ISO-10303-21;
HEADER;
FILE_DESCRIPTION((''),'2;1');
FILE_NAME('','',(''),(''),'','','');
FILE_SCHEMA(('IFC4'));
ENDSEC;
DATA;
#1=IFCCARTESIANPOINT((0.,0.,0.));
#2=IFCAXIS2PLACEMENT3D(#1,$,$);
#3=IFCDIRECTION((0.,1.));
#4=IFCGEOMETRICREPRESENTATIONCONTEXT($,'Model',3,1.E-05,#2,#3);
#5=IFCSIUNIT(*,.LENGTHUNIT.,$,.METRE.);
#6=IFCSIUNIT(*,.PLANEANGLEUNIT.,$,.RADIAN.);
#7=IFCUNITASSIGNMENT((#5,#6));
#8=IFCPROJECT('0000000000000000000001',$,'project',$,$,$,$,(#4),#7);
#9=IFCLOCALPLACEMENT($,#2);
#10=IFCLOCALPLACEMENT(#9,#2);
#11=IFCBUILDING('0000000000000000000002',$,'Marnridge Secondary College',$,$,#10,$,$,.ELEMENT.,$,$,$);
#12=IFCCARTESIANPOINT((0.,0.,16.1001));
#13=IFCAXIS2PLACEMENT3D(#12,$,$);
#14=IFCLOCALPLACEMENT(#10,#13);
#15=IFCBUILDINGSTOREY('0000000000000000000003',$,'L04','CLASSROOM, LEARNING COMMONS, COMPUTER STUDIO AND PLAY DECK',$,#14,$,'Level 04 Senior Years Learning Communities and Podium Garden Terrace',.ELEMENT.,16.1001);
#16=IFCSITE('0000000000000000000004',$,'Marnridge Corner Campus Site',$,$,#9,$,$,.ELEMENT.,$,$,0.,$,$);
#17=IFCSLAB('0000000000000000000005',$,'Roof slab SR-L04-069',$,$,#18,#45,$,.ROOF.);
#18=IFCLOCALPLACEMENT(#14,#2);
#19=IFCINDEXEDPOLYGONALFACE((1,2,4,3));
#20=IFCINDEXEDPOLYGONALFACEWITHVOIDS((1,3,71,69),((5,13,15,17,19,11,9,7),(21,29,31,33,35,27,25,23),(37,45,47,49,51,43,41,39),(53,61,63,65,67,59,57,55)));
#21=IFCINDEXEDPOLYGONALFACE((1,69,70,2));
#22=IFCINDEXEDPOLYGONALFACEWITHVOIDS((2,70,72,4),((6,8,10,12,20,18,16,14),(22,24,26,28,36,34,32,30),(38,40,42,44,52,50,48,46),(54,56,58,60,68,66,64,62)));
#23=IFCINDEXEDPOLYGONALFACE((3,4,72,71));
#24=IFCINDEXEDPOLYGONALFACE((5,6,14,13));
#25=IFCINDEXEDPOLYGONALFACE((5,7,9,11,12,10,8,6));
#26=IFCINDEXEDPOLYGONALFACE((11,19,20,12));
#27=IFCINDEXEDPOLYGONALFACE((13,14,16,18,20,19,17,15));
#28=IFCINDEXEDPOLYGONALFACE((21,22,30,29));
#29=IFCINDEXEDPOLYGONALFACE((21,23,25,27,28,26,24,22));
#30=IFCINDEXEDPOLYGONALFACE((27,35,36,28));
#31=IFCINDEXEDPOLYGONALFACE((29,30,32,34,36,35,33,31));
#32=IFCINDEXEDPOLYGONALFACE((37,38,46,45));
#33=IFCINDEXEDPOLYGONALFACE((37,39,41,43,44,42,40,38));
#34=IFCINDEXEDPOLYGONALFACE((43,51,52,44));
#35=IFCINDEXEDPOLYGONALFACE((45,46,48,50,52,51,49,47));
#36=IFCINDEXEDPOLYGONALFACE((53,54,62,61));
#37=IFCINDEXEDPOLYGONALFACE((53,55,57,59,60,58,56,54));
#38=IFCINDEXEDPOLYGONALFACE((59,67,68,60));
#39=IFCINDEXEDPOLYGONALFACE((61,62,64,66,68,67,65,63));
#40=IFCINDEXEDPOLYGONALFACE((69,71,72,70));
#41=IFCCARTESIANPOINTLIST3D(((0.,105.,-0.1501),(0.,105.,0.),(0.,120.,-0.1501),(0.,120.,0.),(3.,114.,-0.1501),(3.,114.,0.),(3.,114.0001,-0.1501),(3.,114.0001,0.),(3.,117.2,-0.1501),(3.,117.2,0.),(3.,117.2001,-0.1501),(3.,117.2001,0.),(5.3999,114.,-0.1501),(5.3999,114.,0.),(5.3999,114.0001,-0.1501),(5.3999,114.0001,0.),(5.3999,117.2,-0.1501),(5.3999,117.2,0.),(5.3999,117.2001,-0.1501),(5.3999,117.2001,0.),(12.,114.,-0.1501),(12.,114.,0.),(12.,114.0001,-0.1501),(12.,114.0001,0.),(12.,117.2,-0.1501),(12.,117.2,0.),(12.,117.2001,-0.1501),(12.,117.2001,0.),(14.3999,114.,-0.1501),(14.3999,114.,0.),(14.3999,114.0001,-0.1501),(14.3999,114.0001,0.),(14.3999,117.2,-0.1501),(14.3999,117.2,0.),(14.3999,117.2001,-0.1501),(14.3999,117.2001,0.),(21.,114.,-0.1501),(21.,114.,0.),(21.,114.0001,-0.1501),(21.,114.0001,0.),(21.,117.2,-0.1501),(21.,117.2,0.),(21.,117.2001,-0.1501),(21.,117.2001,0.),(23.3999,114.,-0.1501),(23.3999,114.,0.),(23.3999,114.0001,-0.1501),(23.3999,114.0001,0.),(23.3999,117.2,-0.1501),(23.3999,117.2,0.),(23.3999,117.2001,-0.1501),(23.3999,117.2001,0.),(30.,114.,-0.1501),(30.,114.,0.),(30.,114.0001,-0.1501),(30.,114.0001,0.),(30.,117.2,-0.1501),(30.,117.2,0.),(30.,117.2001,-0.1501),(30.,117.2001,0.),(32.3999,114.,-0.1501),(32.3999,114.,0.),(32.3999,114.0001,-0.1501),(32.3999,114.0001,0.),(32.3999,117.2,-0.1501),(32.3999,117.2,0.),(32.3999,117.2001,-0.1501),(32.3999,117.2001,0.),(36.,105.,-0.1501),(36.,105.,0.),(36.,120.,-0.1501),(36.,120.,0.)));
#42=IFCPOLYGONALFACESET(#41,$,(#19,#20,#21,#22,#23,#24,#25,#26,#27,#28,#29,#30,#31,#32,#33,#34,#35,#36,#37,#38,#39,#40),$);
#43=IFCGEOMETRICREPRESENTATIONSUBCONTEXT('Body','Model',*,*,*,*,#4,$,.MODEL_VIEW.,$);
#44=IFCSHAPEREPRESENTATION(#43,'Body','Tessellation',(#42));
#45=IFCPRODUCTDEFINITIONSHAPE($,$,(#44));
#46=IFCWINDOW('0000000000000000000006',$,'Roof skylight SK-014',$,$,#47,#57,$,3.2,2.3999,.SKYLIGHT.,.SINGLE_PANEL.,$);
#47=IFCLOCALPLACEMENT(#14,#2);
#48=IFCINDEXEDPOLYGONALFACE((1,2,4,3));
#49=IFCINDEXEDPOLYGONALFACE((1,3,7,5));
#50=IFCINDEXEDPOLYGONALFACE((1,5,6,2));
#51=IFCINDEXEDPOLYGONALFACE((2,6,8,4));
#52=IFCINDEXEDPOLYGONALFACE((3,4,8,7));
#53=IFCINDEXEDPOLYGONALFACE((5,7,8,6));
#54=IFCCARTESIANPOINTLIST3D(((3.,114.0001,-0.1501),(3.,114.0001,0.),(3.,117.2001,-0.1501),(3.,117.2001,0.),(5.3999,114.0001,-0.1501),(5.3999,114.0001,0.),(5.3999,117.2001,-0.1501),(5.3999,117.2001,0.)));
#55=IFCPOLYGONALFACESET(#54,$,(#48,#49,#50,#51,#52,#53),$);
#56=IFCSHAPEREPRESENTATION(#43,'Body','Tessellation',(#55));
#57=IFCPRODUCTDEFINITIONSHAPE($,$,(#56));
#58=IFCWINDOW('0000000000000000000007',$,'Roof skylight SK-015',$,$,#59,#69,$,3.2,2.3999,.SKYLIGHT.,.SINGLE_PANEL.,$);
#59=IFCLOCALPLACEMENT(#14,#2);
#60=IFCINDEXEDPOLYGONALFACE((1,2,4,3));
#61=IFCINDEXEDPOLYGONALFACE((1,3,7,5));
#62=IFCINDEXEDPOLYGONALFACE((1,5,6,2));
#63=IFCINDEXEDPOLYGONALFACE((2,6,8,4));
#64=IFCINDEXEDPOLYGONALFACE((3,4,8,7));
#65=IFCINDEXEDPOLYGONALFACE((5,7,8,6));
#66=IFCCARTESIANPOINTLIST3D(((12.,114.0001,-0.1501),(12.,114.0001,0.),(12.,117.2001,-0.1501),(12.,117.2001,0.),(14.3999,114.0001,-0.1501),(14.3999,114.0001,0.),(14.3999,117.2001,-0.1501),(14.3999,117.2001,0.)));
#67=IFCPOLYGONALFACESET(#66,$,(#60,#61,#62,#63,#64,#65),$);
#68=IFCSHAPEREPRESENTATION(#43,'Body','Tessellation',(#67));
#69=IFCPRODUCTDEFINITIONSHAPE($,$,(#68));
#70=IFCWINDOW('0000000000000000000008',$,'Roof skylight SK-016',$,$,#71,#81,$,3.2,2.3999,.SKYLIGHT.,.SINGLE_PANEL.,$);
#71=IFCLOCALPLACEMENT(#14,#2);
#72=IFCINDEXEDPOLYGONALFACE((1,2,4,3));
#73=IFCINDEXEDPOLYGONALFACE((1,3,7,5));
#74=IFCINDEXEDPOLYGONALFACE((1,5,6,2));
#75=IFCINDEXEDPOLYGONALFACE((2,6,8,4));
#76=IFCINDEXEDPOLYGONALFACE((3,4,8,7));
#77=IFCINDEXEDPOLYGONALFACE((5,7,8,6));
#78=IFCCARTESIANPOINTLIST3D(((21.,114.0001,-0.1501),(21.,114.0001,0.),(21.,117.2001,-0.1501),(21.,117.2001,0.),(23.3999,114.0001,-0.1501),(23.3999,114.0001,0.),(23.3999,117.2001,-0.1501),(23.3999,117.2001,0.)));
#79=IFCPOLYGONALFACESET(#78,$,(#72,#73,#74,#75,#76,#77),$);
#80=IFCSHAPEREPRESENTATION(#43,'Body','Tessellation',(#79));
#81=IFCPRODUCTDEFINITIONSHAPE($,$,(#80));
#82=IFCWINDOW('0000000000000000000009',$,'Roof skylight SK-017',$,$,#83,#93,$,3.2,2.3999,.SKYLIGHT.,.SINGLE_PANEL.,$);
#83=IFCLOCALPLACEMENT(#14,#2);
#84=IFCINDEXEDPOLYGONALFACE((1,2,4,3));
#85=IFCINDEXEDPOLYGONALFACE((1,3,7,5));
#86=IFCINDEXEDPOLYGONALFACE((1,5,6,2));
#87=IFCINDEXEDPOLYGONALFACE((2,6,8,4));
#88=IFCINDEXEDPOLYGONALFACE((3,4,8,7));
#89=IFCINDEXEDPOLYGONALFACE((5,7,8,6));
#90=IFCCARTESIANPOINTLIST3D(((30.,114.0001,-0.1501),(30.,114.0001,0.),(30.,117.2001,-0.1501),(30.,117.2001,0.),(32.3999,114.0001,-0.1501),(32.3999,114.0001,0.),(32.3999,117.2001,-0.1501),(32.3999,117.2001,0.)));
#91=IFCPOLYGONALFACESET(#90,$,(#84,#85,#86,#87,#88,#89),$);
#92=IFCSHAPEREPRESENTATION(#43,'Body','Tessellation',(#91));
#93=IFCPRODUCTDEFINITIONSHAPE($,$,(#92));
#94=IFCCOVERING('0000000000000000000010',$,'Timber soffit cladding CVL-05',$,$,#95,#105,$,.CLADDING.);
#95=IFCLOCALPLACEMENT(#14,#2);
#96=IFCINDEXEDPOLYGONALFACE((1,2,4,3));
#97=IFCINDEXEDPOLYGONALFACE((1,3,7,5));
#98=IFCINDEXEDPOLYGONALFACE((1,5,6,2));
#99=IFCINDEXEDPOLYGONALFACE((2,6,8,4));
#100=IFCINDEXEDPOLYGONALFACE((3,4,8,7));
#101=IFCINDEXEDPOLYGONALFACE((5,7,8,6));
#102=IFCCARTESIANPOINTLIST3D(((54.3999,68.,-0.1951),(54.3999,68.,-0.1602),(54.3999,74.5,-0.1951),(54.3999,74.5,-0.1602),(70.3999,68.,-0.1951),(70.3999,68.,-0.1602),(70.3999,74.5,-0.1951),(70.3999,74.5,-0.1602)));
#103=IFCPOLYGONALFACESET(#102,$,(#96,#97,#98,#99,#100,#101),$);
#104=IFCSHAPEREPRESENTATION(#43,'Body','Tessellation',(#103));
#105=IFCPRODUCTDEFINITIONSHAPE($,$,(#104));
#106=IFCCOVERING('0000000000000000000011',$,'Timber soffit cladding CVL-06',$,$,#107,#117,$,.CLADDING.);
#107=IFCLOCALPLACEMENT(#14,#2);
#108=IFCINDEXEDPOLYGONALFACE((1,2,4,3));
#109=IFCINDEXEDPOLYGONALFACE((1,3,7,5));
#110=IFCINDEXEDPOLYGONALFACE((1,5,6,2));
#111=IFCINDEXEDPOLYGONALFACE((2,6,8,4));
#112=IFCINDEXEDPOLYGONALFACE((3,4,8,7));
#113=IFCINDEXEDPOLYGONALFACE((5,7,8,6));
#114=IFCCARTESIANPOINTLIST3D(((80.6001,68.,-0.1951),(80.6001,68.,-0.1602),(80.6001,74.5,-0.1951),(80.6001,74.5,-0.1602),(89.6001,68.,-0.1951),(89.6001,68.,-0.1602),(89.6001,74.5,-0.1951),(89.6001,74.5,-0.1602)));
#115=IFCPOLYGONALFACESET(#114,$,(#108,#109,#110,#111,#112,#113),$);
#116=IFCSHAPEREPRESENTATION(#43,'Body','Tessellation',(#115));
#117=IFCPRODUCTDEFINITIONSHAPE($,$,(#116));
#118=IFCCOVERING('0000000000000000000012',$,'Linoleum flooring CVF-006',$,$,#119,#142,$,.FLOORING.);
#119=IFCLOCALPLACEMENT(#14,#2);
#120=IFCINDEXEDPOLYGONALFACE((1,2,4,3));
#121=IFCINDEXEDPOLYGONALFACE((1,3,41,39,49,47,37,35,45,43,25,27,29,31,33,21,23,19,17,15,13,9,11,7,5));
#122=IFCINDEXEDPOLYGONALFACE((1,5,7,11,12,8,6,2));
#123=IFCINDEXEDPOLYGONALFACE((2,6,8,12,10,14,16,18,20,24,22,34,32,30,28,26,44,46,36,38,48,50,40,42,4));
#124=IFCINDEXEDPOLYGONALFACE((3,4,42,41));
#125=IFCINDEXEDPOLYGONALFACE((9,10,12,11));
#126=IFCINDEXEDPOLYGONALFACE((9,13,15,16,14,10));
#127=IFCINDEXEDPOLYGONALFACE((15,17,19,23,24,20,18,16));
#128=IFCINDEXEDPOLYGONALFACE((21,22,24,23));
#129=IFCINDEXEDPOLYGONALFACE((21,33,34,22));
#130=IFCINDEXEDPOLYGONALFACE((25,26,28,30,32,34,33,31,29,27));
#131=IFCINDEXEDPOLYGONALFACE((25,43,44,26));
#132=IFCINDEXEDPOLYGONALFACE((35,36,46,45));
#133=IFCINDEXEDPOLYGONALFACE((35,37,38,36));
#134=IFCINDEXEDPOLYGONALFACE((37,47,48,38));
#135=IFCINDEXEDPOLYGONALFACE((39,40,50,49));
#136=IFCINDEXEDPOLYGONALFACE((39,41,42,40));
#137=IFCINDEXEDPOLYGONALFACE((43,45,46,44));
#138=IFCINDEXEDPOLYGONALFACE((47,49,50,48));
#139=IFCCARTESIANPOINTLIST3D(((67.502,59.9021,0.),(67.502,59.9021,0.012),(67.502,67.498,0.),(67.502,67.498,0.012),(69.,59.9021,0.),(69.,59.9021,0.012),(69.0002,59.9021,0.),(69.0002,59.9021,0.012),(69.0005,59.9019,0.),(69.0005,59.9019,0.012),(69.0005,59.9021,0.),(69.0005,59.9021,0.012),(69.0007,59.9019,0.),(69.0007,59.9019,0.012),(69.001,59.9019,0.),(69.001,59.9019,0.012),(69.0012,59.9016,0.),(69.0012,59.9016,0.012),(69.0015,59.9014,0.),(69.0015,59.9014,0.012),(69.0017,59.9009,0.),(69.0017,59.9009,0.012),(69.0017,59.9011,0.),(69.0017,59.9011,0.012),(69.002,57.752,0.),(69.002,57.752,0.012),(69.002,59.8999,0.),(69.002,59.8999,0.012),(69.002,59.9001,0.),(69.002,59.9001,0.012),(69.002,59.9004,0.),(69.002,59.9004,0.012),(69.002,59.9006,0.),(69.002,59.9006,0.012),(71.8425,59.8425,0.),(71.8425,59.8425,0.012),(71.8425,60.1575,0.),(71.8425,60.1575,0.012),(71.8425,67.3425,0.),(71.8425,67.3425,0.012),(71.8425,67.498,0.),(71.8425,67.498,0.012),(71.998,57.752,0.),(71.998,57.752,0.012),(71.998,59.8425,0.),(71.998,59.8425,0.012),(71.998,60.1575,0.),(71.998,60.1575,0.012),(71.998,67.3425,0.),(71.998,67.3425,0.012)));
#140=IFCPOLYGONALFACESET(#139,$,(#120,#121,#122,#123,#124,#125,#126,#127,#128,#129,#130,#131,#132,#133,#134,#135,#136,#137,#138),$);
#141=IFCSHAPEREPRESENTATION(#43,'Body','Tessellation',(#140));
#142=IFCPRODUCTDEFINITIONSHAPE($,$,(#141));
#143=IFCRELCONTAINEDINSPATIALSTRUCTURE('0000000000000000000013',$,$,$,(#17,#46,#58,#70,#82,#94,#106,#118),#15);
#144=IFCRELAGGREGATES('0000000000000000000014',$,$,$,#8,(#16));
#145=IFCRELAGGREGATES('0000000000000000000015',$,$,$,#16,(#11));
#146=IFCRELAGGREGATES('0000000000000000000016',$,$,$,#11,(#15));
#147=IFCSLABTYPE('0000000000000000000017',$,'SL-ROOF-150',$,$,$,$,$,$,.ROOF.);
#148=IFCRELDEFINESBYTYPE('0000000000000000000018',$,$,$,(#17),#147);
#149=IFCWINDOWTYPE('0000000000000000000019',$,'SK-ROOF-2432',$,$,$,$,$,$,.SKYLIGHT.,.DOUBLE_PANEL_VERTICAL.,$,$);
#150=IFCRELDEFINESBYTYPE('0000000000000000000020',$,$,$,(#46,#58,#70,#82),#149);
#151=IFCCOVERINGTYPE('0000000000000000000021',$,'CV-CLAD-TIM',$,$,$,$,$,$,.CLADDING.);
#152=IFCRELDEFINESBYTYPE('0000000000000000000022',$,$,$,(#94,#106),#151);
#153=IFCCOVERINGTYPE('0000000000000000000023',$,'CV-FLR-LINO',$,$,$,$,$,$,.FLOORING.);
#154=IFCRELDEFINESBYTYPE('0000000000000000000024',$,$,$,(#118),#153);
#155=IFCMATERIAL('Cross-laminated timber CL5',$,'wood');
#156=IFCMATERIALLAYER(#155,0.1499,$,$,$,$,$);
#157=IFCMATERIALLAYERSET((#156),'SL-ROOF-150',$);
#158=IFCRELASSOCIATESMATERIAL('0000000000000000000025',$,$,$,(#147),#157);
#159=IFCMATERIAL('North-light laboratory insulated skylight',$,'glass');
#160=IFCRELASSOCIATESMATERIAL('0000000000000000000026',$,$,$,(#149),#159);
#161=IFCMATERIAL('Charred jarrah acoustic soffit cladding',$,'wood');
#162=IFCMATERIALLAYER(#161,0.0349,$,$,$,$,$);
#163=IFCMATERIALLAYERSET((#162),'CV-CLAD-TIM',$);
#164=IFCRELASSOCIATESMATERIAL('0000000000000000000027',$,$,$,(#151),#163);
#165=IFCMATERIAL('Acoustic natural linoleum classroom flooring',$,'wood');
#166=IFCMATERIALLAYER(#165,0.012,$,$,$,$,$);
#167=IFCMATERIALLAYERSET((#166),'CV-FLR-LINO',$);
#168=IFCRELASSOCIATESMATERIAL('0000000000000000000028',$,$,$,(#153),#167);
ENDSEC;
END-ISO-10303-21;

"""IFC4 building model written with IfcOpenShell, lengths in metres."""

from ifc_helpers import new_model, si_unit, direction, frame, origin, origin_2d, place, context, subcontext, project, spatial, polyline, rectangle, outline, extrude, material, layer, layer_set, type_object, element, fill, save


model = new_model("IFC4")

# Units and contexts
model_context = context("Model", 3, precision=1e-05, world=origin(), true_north=direction((0.0, 1.0)))
body_context = subcontext(model_context, "Body", "Model", "MODEL_VIEW")
ifc_project = project(units=[si_unit("LENGTHUNIT", "METRE"), si_unit("PLANEANGLEUNIT", "RADIAN")], contexts=[model_context])

# Site, building, storey
site_placement = place(None, origin())
site = spatial("IfcSite", under=ifc_project, at=site_placement, Name="Marnridge Corner Campus Site", CompositionType="ELEMENT", RefElevation=0.0)
building_placement = place(site_placement, origin())
building = spatial("IfcBuilding", under=site, at=building_placement, Name="Marnridge Secondary College", CompositionType="ELEMENT")
storey_placement = place(building_placement, frame((0.0, 0.0, 16.1001)))
storey = spatial("IfcBuildingStorey", under=building, at=storey_placement, Name="L04", Description="CLASSROOM, LEARNING COMMONS, COMPUTER STUDIO AND PLAY DECK", LongName="Level 04 Senior Years Learning Communities and Podium Garden Terrace", CompositionType="ELEMENT", Elevation=16.1001)

# Slab, openings, windows
ifc_material_1 = material(Name="Cross-laminated timber CL5", Category="wood")
ifc_layer_1 = layer(ifc_material_1, 0.1499)
ifc_layer_set_1 = layer_set([ifc_layer_1], Name="SL-ROOF-150")
slab_type_1 = type_object("IfcSlabType", Name="SL-ROOF-150", PredefinedType="ROOF", material=ifc_layer_set_1)
ifc_material_2 = material(Name="North-light laboratory insulated skylight", Category="glass")
window_type_1 = type_object("IfcWindowType", Name="SK-ROOF-2432", PartitioningType="DOUBLE_PANEL_VERTICAL", PredefinedType="SKYLIGHT", material=ifc_material_2)
slab_1_placement = place(storey_placement, frame((0.0, 0.0, -0.1501)))
slab_1 = element("IfcSlab", 1, at=slab_1_placement, inside=storey, type_object=slab_type_1, Name="Roof slab SR-L04-069", PredefinedType="ROOF", context=body_context, shape_type="SweptSolid", body=[
    extrude(outline(polyline([(0.0, 105.0), (36.0, 105.0), (36.0, 120.0), (0.0, 120.0), (0.0, 105.0)]), holes=[polyline([(3.0, 114.0), (5.3999, 114.0), (5.3999, 117.2), (3.0, 117.2), (3.0, 114.0)]), polyline([(12.0, 114.0), (14.3999, 114.0), (14.3999, 117.2), (12.0, 117.2), (12.0, 114.0)]), polyline([(21.0, 114.0), (23.3999, 114.0), (23.3999, 117.2), (21.0, 117.2), (21.0, 114.0)]), polyline([(30.0, 114.0), (32.3999, 114.0), (32.3999, 117.2), (30.0, 117.2), (30.0, 114.0)])]), origin(), (0.0, 0.0, 1.0), 0.1501),
])
opening_1_placement = place(slab_1_placement, frame((4.2, 115.6001, 0.0)))
opening_1 = element("IfcOpeningElement", 2, at=opening_1_placement, cuts=slab_1, PredefinedType="OPENING", context=body_context, shape_type="SweptSolid", body=[
    extrude(rectangle(XDim=2.3999, YDim=3.2, at=origin_2d()), frame((0.0, 0.0, -0.01)), (0.0, 0.0, 1.0), 0.1702),
])
opening_2_placement = place(slab_1_placement, frame((13.2, 115.6001, 0.0)))
opening_2 = element("IfcOpeningElement", 3, at=opening_2_placement, cuts=slab_1, PredefinedType="OPENING", context=body_context, shape_type="SweptSolid", body=[
    extrude(rectangle(XDim=2.3999, YDim=3.2, at=origin_2d()), frame((0.0, 0.0, -0.01)), (0.0, 0.0, 1.0), 0.1702),
])
opening_3_placement = place(slab_1_placement, frame((22.2, 115.6001, 0.0)))
opening_3 = element("IfcOpeningElement", 4, at=opening_3_placement, cuts=slab_1, PredefinedType="OPENING", context=body_context, shape_type="SweptSolid", body=[
    extrude(rectangle(XDim=2.3999, YDim=3.2, at=origin_2d()), frame((0.0, 0.0, -0.01)), (0.0, 0.0, 1.0), 0.1702),
])
opening_4_placement = place(slab_1_placement, frame((31.2, 115.6001, 0.0)))
opening_4 = element("IfcOpeningElement", 5, at=opening_4_placement, cuts=slab_1, PredefinedType="OPENING", context=body_context, shape_type="SweptSolid", body=[
    extrude(rectangle(XDim=2.3999, YDim=3.2, at=origin_2d()), frame((0.0, 0.0, -0.01)), (0.0, 0.0, 1.0), 0.1702),
])
window_1_placement = place(opening_1_placement, origin())
window_1 = element("IfcWindow", 6, at=window_1_placement, inside=storey, type_object=window_type_1, Name="Roof skylight SK-014", OverallHeight=3.2, OverallWidth=2.3999, PartitioningType="SINGLE_PANEL", PredefinedType="SKYLIGHT", context=body_context, shape_type="SweptSolid", body=[
    extrude(rectangle(XDim=2.3999, YDim=3.2, at=origin_2d()), origin(), (0.0, 0.0, 1.0), 0.1501),
])
fill(opening_1, window_1)
window_2_placement = place(opening_2_placement, origin())
window_2 = element("IfcWindow", 7, at=window_2_placement, inside=storey, type_object=window_type_1, Name="Roof skylight SK-015", OverallHeight=3.2, OverallWidth=2.3999, PartitioningType="SINGLE_PANEL", PredefinedType="SKYLIGHT", context=body_context, shape_type="SweptSolid", body=[
    extrude(rectangle(XDim=2.3999, YDim=3.2, at=origin_2d()), origin(), (0.0, 0.0, 1.0), 0.1501),
])
fill(opening_2, window_2)
window_3_placement = place(opening_3_placement, origin())
window_3 = element("IfcWindow", 8, at=window_3_placement, inside=storey, type_object=window_type_1, Name="Roof skylight SK-016", OverallHeight=3.2, OverallWidth=2.3999, PartitioningType="SINGLE_PANEL", PredefinedType="SKYLIGHT", context=body_context, shape_type="SweptSolid", body=[
    extrude(rectangle(XDim=2.3999, YDim=3.2, at=origin_2d()), origin(), (0.0, 0.0, 1.0), 0.1501),
])
fill(opening_3, window_3)
window_4_placement = place(opening_4_placement, origin())
window_4 = element("IfcWindow", 9, at=window_4_placement, inside=storey, type_object=window_type_1, Name="Roof skylight SK-017", OverallHeight=3.2, OverallWidth=2.3999, PartitioningType="SINGLE_PANEL", PredefinedType="SKYLIGHT", context=body_context, shape_type="SweptSolid", body=[
    extrude(rectangle(XDim=2.3999, YDim=3.2, at=origin_2d()), origin(), (0.0, 0.0, 1.0), 0.1501),
])
fill(opening_4, window_4)

# Coverings
ifc_material_3 = material(Name="Charred jarrah acoustic soffit cladding", Category="wood")
ifc_layer_2 = layer(ifc_material_3, 0.0349)
ifc_layer_set_2 = layer_set([ifc_layer_2], Name="CV-CLAD-TIM")
covering_type_1 = type_object("IfcCoveringType", Name="CV-CLAD-TIM", PredefinedType="CLADDING", material=ifc_layer_set_2)
covering_1_placement = place(storey_placement, frame((0.0, 0.0, -0.1951)))
element("IfcCovering", 10, at=covering_1_placement, inside=storey, type_object=covering_type_1, Name="Timber soffit cladding CVL-05", PredefinedType="CLADDING", context=body_context, shape_type="SweptSolid", body=[
    extrude(outline(polyline([(54.3999, 68.0), (70.3999, 68.0), (70.3999, 74.5), (54.3999, 74.5), (54.3999, 68.0)])), origin(), (0.0, 0.0, 1.0), 0.0349),
])
covering_2_placement = place(storey_placement, frame((0.0, 0.0, -0.1951)))
element("IfcCovering", 11, at=covering_2_placement, inside=storey, type_object=covering_type_1, Name="Timber soffit cladding CVL-06", PredefinedType="CLADDING", context=body_context, shape_type="SweptSolid", body=[
    extrude(outline(polyline([(80.6001, 68.0), (89.6001, 68.0), (89.6001, 74.5), (80.6001, 74.5), (80.6001, 68.0)])), origin(), (0.0, 0.0, 1.0), 0.0349),
])
ifc_material_4 = material(Name="Acoustic natural linoleum classroom flooring", Category="wood")
ifc_layer_3 = layer(ifc_material_4, 0.012)
ifc_layer_set_3 = layer_set([ifc_layer_3], Name="CV-FLR-LINO")
covering_type_2 = type_object("IfcCoveringType", Name="CV-FLR-LINO", PredefinedType="FLOORING", material=ifc_layer_set_3)
covering_3_placement = place(storey_placement, origin())
element("IfcCovering", 12, at=covering_3_placement, inside=storey, type_object=covering_type_2, Name="Linoleum flooring CVF-006", PredefinedType="FLOORING", context=body_context, shape_type="SweptSolid", body=[
    extrude(outline(polyline([(69.002, 59.8999), (69.002, 59.9001), (69.002, 59.9004), (69.002, 59.9006), (69.0017, 59.9009), (69.0017, 59.9009), (69.0017, 59.9011), (69.0015, 59.9014), (69.0015, 59.9014), (69.0012, 59.9016), (69.0012, 59.9016), (69.001, 59.9019), (69.0007, 59.9019), (69.0005, 59.9019), (69.0005, 59.9021), (69.0002, 59.9021), (69.0, 59.9021), (67.502, 59.9021), (67.502, 67.498), (71.8425, 67.498), (71.8425, 67.3425), (71.998, 67.3425), (71.998, 60.1575), (71.8425, 60.1575), (71.8425, 59.8425), (71.998, 59.8425), (71.998, 57.752), (69.002, 57.752), (69.002, 59.8999)])), origin(), (0.0, 0.0, 1.0), 0.012),
])

save(model, "model.ifc")
